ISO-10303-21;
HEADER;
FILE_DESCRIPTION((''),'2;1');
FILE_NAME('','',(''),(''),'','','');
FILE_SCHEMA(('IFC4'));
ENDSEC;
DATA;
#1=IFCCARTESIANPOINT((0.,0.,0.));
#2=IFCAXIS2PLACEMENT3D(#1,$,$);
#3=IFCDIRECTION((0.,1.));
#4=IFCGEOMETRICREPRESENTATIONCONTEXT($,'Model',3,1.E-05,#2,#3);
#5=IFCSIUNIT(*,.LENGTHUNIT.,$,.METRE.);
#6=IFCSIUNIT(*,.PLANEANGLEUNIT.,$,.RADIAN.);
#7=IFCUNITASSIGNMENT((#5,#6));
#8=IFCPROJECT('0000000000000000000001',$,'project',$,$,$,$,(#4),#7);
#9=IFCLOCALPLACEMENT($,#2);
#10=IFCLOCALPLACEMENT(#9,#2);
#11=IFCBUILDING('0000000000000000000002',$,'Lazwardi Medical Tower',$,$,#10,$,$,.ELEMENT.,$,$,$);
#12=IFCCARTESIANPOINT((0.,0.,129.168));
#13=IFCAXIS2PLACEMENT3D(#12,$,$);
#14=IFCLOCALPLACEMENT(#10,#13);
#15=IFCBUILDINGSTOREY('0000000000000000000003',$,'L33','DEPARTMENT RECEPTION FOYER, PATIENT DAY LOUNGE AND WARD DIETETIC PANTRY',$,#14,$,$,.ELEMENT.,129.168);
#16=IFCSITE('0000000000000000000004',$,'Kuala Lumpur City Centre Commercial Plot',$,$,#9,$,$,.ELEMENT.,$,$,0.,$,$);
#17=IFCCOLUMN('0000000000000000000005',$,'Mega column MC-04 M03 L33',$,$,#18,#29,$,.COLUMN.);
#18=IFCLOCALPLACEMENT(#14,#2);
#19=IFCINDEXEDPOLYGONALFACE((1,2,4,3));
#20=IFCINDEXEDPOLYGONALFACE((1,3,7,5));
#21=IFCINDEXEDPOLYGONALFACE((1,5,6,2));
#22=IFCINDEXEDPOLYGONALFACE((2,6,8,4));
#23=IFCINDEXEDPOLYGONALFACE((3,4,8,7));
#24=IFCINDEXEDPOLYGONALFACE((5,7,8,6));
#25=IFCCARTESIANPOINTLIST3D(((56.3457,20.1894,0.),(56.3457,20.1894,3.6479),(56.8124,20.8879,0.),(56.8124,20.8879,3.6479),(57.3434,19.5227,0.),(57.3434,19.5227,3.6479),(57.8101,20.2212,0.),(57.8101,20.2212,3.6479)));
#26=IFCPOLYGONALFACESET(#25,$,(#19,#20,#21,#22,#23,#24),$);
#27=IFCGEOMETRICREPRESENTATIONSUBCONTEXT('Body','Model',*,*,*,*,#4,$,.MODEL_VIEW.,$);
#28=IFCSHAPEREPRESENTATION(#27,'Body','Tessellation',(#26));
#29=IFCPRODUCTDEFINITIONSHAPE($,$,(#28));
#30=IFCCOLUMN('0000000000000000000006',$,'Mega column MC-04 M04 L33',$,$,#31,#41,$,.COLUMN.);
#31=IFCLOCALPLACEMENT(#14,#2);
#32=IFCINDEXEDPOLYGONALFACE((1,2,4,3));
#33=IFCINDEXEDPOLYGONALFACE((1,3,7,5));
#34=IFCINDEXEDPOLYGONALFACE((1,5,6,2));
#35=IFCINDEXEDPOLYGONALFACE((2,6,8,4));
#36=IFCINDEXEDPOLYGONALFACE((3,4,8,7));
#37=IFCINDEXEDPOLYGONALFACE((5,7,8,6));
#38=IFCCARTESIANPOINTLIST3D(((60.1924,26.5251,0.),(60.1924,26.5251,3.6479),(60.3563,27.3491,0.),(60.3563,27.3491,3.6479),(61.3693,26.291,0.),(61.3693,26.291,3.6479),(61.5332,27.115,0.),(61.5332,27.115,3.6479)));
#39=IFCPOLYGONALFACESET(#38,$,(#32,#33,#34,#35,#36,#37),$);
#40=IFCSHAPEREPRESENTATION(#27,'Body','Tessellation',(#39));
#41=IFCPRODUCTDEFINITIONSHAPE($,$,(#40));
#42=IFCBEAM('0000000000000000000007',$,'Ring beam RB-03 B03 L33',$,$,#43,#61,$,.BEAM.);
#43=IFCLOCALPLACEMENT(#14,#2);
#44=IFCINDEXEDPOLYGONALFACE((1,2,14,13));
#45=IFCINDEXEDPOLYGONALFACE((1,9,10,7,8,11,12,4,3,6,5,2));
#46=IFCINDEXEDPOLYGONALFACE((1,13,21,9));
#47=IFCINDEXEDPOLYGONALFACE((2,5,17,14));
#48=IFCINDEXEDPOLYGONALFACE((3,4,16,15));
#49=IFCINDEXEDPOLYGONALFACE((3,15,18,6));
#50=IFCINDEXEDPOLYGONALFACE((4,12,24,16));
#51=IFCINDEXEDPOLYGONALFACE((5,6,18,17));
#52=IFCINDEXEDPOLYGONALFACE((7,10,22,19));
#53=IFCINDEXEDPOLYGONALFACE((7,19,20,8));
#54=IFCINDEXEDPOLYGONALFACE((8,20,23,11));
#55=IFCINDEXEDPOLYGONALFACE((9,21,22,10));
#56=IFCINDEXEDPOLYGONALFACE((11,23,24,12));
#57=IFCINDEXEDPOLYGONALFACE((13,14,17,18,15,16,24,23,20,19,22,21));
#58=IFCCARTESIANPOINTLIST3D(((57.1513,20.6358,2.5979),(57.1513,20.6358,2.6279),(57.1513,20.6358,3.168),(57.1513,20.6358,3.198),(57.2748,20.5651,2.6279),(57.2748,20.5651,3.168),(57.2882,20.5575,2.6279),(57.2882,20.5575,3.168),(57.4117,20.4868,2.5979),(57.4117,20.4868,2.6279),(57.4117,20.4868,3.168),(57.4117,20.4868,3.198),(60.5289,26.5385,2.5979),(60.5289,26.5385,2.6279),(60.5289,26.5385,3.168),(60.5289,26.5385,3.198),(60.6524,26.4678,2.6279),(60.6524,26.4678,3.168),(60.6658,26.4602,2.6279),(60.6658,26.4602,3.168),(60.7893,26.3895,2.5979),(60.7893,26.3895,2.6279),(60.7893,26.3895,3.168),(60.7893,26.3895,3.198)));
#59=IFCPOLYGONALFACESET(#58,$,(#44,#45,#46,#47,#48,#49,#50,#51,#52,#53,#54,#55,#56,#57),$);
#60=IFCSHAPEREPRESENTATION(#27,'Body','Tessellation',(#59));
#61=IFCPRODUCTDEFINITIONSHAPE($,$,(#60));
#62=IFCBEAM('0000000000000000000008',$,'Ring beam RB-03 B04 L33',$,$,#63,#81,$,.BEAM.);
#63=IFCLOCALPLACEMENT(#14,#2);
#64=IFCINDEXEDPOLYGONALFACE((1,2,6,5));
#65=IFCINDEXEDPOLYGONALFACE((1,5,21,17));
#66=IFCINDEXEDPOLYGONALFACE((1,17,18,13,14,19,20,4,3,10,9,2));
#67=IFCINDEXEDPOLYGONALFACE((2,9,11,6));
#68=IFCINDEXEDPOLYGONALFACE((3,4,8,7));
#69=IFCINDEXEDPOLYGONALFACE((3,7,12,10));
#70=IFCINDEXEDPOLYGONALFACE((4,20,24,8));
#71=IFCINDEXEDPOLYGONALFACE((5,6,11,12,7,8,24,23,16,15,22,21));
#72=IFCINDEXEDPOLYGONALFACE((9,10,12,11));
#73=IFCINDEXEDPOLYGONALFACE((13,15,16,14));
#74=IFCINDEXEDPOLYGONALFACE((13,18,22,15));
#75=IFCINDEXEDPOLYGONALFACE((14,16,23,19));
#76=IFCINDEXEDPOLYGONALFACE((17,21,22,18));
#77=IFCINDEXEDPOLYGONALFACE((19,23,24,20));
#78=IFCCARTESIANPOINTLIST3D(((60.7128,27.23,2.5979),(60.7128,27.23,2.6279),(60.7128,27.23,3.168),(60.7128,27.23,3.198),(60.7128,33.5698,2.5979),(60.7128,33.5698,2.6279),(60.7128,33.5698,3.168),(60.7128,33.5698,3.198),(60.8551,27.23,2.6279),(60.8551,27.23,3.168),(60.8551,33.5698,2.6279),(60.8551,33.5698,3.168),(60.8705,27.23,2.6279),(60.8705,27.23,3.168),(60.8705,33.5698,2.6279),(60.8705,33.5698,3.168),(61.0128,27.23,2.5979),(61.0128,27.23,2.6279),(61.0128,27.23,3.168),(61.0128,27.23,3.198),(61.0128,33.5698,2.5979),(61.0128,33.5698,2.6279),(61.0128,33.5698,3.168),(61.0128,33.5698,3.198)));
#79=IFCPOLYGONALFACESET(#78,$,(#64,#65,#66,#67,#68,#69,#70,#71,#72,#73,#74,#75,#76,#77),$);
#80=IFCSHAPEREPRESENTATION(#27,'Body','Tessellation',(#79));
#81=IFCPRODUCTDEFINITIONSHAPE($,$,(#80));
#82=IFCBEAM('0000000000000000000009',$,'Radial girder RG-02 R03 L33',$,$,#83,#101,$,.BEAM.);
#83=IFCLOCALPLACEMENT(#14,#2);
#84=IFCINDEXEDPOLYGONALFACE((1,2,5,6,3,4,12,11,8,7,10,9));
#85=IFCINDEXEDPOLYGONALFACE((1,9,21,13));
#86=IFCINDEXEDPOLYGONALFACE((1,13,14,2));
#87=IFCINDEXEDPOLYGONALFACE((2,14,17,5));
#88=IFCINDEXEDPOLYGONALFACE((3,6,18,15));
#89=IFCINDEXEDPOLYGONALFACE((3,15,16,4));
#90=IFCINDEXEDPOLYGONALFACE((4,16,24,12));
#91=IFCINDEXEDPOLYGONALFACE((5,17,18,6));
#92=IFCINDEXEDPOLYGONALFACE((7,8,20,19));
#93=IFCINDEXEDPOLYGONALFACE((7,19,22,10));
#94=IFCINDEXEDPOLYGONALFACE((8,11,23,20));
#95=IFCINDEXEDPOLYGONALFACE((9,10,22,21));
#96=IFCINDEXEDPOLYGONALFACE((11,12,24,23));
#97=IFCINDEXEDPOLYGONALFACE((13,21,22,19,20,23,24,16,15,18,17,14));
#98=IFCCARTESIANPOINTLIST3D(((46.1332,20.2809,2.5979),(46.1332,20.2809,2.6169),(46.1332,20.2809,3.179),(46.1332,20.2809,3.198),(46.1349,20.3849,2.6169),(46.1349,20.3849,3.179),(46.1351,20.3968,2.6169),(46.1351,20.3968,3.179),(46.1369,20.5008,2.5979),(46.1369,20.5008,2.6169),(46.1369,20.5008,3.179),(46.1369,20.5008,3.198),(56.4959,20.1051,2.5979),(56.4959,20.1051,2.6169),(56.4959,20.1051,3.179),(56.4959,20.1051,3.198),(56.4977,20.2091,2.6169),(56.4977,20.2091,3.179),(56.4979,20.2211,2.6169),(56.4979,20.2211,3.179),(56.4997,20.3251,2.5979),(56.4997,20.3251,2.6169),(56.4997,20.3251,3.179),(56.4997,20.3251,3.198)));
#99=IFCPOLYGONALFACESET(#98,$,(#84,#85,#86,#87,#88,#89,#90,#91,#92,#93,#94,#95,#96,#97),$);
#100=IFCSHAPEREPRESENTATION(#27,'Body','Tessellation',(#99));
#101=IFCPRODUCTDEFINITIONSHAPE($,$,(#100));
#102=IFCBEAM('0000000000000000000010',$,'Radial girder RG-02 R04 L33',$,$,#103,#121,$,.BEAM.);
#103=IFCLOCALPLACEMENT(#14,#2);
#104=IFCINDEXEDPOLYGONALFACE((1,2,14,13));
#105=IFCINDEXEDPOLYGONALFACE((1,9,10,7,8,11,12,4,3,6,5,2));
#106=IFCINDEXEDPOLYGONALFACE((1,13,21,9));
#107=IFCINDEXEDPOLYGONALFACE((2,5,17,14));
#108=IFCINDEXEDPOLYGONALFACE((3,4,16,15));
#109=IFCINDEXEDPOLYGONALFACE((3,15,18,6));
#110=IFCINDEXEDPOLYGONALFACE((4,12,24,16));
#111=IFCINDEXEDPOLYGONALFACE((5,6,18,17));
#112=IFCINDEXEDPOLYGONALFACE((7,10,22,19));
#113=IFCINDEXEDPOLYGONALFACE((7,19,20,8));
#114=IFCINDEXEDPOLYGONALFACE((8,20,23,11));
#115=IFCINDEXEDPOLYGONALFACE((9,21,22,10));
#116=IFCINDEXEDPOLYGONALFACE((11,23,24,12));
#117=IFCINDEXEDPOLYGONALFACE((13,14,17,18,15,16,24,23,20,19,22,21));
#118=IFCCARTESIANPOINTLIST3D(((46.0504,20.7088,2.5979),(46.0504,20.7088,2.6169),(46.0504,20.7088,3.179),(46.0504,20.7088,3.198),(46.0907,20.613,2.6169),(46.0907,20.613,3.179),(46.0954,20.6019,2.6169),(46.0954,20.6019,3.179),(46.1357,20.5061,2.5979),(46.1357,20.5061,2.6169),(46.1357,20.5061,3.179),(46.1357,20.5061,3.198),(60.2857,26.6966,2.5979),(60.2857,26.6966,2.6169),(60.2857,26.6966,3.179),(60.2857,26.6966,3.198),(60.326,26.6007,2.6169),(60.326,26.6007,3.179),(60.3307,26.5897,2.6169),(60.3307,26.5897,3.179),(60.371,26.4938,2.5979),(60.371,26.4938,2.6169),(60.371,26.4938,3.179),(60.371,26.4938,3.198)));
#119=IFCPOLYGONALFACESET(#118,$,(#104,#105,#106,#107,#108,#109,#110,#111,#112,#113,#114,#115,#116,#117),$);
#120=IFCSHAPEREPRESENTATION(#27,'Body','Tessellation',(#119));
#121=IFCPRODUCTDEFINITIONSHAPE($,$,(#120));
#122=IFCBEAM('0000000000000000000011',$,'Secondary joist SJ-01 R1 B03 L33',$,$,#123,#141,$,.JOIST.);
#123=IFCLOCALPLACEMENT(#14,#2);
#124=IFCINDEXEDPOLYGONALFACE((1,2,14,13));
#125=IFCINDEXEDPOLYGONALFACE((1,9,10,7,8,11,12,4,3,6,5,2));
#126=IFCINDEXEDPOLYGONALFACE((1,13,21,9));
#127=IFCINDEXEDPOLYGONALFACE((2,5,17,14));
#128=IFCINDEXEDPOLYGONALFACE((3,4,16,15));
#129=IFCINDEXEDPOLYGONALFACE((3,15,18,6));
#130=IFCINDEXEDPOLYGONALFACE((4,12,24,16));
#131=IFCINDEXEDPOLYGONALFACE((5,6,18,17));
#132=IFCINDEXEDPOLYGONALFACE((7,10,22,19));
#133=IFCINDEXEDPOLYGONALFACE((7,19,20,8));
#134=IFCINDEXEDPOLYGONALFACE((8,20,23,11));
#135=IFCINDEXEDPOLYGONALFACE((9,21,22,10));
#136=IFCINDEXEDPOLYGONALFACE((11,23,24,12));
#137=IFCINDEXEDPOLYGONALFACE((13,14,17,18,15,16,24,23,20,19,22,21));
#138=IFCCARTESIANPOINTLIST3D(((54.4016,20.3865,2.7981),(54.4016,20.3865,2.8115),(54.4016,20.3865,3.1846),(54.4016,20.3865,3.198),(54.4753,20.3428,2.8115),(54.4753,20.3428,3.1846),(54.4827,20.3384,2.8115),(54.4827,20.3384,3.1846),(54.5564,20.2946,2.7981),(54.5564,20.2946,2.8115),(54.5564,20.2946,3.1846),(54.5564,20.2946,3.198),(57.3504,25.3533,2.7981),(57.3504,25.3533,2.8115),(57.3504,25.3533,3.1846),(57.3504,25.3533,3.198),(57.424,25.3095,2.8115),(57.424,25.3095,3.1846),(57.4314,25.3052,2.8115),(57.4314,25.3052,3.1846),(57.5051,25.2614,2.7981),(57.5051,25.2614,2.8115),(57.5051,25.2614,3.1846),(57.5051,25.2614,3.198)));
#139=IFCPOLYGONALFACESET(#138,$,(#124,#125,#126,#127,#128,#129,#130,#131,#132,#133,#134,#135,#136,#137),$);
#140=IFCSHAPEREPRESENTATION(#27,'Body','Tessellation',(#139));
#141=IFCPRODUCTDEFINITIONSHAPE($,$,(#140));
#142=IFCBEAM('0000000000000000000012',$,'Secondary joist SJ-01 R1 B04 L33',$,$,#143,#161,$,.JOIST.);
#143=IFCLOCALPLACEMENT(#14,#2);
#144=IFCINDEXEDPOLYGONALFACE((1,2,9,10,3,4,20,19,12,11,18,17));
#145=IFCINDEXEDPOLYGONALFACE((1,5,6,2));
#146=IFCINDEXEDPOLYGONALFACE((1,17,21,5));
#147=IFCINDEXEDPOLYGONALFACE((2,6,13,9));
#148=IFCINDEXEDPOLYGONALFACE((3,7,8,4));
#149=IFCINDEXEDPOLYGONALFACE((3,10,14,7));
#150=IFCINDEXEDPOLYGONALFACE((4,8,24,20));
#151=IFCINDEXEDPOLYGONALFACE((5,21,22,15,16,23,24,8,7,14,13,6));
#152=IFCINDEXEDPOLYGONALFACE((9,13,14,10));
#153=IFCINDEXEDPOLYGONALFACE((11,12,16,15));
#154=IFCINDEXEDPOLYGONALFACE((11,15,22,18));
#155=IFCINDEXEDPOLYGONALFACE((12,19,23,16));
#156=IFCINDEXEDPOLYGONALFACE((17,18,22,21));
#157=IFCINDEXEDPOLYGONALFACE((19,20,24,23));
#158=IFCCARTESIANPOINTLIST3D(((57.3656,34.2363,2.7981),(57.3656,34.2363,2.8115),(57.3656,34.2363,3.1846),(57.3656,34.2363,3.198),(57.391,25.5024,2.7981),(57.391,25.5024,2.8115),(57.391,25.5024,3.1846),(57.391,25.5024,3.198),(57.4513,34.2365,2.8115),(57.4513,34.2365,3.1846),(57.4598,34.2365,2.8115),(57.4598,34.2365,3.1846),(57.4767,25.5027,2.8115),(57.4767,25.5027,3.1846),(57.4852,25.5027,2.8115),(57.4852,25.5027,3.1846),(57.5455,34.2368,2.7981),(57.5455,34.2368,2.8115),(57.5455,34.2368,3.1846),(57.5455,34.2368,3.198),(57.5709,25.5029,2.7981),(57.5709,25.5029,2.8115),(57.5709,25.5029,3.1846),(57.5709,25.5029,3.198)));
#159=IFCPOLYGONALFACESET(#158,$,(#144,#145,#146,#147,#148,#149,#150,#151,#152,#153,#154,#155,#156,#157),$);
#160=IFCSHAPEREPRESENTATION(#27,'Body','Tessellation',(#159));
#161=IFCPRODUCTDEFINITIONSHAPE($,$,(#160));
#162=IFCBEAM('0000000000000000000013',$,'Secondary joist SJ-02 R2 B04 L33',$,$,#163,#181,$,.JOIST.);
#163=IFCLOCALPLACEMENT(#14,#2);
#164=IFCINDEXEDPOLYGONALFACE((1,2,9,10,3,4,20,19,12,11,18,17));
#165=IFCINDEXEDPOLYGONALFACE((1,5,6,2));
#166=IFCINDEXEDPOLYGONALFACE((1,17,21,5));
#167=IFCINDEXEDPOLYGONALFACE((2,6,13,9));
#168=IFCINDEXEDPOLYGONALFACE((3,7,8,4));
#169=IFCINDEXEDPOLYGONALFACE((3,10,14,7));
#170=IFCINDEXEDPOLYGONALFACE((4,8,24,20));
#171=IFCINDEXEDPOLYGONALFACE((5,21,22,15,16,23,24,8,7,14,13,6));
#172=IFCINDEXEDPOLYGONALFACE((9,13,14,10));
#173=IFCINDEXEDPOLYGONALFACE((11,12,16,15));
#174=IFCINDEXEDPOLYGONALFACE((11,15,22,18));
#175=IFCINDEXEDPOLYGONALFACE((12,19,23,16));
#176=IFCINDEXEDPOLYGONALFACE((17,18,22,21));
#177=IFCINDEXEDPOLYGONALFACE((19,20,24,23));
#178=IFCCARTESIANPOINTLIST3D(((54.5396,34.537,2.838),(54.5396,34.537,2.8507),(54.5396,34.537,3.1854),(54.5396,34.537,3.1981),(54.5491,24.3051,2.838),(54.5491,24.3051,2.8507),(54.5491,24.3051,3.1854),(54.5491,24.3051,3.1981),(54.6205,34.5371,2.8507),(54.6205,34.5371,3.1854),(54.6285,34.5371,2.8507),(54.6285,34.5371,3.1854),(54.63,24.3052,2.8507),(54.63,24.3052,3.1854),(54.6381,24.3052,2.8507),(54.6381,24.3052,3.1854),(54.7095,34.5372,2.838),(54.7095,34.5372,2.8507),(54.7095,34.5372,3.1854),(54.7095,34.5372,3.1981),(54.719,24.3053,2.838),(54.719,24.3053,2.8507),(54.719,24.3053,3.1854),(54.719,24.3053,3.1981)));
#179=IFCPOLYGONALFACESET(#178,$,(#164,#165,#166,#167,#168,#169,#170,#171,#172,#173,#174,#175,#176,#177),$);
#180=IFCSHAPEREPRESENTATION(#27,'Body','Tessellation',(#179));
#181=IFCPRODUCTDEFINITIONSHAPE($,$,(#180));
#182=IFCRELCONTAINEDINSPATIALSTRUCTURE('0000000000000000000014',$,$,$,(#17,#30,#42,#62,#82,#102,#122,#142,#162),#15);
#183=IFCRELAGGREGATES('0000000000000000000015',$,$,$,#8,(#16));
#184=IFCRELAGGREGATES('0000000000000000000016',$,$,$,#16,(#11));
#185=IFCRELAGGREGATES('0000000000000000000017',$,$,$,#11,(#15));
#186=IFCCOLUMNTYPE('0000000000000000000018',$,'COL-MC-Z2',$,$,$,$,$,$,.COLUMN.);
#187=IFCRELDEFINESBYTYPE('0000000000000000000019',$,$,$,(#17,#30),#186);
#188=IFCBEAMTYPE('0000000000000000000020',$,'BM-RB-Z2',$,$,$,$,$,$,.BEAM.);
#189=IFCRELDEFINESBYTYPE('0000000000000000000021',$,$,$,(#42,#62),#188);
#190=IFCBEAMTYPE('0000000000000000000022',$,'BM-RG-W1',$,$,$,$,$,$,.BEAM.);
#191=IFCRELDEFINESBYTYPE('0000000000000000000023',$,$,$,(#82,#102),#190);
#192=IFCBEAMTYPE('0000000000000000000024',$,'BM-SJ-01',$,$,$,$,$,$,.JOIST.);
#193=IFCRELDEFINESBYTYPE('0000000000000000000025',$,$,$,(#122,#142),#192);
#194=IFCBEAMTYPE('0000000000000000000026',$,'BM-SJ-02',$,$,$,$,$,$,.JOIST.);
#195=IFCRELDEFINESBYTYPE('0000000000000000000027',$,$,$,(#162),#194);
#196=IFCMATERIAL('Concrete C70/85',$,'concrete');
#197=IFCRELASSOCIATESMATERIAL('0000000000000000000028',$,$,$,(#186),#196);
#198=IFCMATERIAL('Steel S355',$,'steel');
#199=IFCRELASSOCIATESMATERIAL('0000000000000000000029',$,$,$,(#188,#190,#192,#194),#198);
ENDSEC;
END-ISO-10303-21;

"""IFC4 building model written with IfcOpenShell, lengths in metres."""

from ifc_helpers import new_model, si_unit, direction, frame, origin, origin_2d, place, context, subcontext, project, spatial, rectangle, i_section, extrude, material, material_profile, profile_set, type_object, element, save


model = new_model("IFC4")

# Units and contexts
model_context = context("Model", 3, precision=1e-05, world=origin(), true_north=direction((0.0, 1.0)))
body_context = subcontext(model_context, "Body", "Model", "MODEL_VIEW")
ifc_project = project(units=[si_unit("LENGTHUNIT", "METRE"), si_unit("PLANEANGLEUNIT", "RADIAN")], contexts=[model_context])

# Site, building, storey
site_placement = place(None, origin())
site = spatial("IfcSite", under=ifc_project, at=site_placement, Name="Kuala Lumpur City Centre Commercial Plot", CompositionType="ELEMENT", RefElevation=0.0)
building_placement = place(site_placement, origin())
building = spatial("IfcBuilding", under=site, at=building_placement, Name="Lazwardi Medical Tower", CompositionType="ELEMENT")
storey_placement = place(building_placement, frame((0.0, 0.0, 129.168)))
storey = spatial("IfcBuildingStorey", under=building, at=storey_placement, Name="L33", Description="DEPARTMENT RECEPTION FOYER, PATIENT DAY LOUNGE AND WARD DIETETIC PANTRY", CompositionType="ELEMENT", Elevation=129.168)

# Columns
ifc_material_1 = material(Name="Concrete C70/85", Category="concrete")
ifc_material_profile_1 = material_profile(ifc_material_1, rectangle(XDim=1.2, YDim=0.8401, at=origin_2d()), Name="CFT-RECT 1200x840")
ifc_profile_set_1 = profile_set([ifc_material_profile_1], Name="Concrete C70/85")
column_type = type_object("IfcColumnType", Name="COL-MC-Z2", PredefinedType="COLUMN", material=ifc_profile_set_1)
for number, where, z_axis, x_axis, name in (
    (1, (57.0779, 20.2053, 0.0), (0.0, 0.0, 1.0), (0.83147, -0.55557, 0.0), "Mega column MC-04 M03 L33"),
    (2, (60.8628, 26.8201, 0.0), (0.0, 0.0, 1.0), (0.980785, -0.19509, 0.0), "Mega column MC-04 M04 L33"),
):
    element("IfcColumn", number, at=place(storey_placement, frame(where, z_axis=z_axis, x_axis=x_axis)), inside=storey, type_object=column_type, Name=name, PredefinedType="COLUMN", context=body_context, shape_type="SweptSolid", body=[
        extrude(rectangle(XDim=1.2, YDim=0.8401, at=origin_2d()), origin(), (0.0, 0.0, 1.0), 3.6479),
    ])

# Beams
ifc_material_2 = material(Name="Steel S355", Category="steel")
ifc_material_profile_2 = material_profile(ifc_material_2, i_section(OverallWidth=0.3, OverallDepth=0.6001, WebThickness=0.0154, FlangeThickness=0.03, at=origin_2d()), Name="HEB 600")
ifc_profile_set_2 = profile_set([ifc_material_profile_2], Name="Steel S355")
beam_type_1 = type_object("IfcBeamType", Name="BM-RB-Z2", PredefinedType="BEAM", material=ifc_profile_set_2)
beam_1_placement = place(storey_placement, frame((57.2815, 20.5613, 2.8979), z_axis=(0.496653, 0.867949, 0.0), x_axis=(-0.867949, 0.496653, 0.0)))
element("IfcBeam", 3, at=beam_1_placement, inside=storey, type_object=beam_type_1, Name="Ring beam RB-03 B03 L33", PredefinedType="BEAM", context=body_context, shape_type="SweptSolid", body=[
    extrude(i_section(OverallWidth=0.3, OverallDepth=0.6001, WebThickness=0.0154, FlangeThickness=0.03, at=origin_2d()), origin(), (0.0, 0.0, 1.0), 6.8008),
])
beam_2_placement = place(storey_placement, frame((60.8628, 27.23, 2.8979), z_axis=(0.0, 1.0, 0.0), x_axis=(-1.0, 0.0, 0.0)))
element("IfcBeam", 4, at=beam_2_placement, inside=storey, type_object=beam_type_1, Name="Ring beam RB-03 B04 L33", PredefinedType="BEAM", context=body_context, shape_type="SweptSolid", body=[
    extrude(i_section(OverallWidth=0.3, OverallDepth=0.6001, WebThickness=0.0154, FlangeThickness=0.03, at=origin_2d()), origin(), (0.0, 0.0, 1.0), 6.3398),
])
ifc_material_profile_3 = material_profile(ifc_material_2, i_section(OverallWidth=0.22, OverallDepth=0.6001, WebThickness=0.012, FlangeThickness=0.019, at=origin_2d()), Name="IPE 600")
ifc_profile_set_3 = profile_set([ifc_material_profile_3], Name="Steel S355")
beam_type_2 = type_object("IfcBeamType", Name="BM-RG-W1", PredefinedType="BEAM", material=ifc_profile_set_3)
beam_3_placement = place(storey_placement, frame((56.4978, 20.2151, 2.8979), z_axis=(-0.999856, 0.01696, 0.0), x_axis=(-0.01696, -0.999856, 0.0)))
element("IfcBeam", 5, at=beam_3_placement, inside=storey, type_object=beam_type_2, Name="Radial girder RG-02 R03 L33", PredefinedType="BEAM", context=body_context, shape_type="SweptSolid", body=[
    extrude(i_section(OverallWidth=0.22, OverallDepth=0.6001, WebThickness=0.012, FlangeThickness=0.019, at=origin_2d()), origin(), (0.0, 0.0, 1.0), 10.3643),
])
beam_4_placement = place(storey_placement, frame((60.3284, 26.5952, 2.8979), z_axis=(-0.921775, -0.387725, 0.0), x_axis=(0.387725, -0.921775, 0.0)))
element("IfcBeam", 6, at=beam_4_placement, inside=storey, type_object=beam_type_2, Name="Radial girder RG-02 R04 L33", PredefinedType="BEAM", context=body_context, shape_type="SweptSolid", body=[
    extrude(i_section(OverallWidth=0.22, OverallDepth=0.6001, WebThickness=0.012, FlangeThickness=0.019, at=origin_2d()), origin(), (0.0, 0.0, 1.0), 15.4434),
])
ifc_material_profile_4 = material_profile(ifc_material_2, i_section(OverallWidth=0.1799, OverallDepth=0.3999, WebThickness=0.0085, FlangeThickness=0.0134, at=origin_2d()), Name="IPE 400")
ifc_profile_set_4 = profile_set([ifc_material_profile_4], Name="Steel S355")
beam_type_3 = type_object("IfcBeamType", Name="BM-SJ-01", PredefinedType="JOIST", material=ifc_profile_set_4)
beam_5_placement = place(storey_placement, frame((54.479, 20.3406, 2.998), z_axis=(0.5105, 0.859878, 0.0), x_axis=(-0.859878, 0.5105, 0.0)))
element("IfcBeam", 7, at=beam_5_placement, inside=storey, type_object=beam_type_3, Name="Secondary joist SJ-01 R1 B03 L33", PredefinedType="JOIST", context=body_context, shape_type="SweptSolid", body=[
    extrude(i_section(OverallWidth=0.1799, OverallDepth=0.3999, WebThickness=0.0085, FlangeThickness=0.0134, at=origin_2d()), origin(), (0.0, 0.0, 1.0), 5.7761),
])
beam_6_placement = place(storey_placement, frame((57.481, 25.5027, 2.998), z_axis=(-0.002907, 0.999996, 0.0), x_axis=(-0.999996, -0.002907, 0.0)))
element("IfcBeam", 8, at=beam_6_placement, inside=storey, type_object=beam_type_3, Name="Secondary joist SJ-01 R1 B04 L33", PredefinedType="JOIST", context=body_context, shape_type="SweptSolid", body=[
    extrude(i_section(OverallWidth=0.1799, OverallDepth=0.3999, WebThickness=0.0085, FlangeThickness=0.0134, at=origin_2d()), origin(), (0.0, 0.0, 1.0), 8.7339),
])
ifc_material_profile_5 = material_profile(ifc_material_2, i_section(OverallWidth=0.1699, OverallDepth=0.3601, WebThickness=0.0081, FlangeThickness=0.0127, at=origin_2d()), Name="IPE 360")
ifc_profile_set_5 = profile_set([ifc_material_profile_5], Name="Steel S355")
beam_type_4 = type_object("IfcBeamType", Name="BM-SJ-02", PredefinedType="JOIST", material=ifc_profile_set_5)
beam_7_placement = place(storey_placement, frame((54.634, 24.3052, 3.0181), z_axis=(-0.000931, 1.0, 0.0), x_axis=(-1.0, -0.000931, 0.0)))
element("IfcBeam", 9, at=beam_7_placement, inside=storey, type_object=beam_type_4, Name="Secondary joist SJ-02 R2 B04 L33", PredefinedType="JOIST", context=body_context, shape_type="SweptSolid", body=[
    extrude(i_section(OverallWidth=0.1699, OverallDepth=0.3601, WebThickness=0.0081, FlangeThickness=0.0127, at=origin_2d()), origin(), (0.0, 0.0, 1.0), 10.2319),
])

save(model, "model.ifc")
